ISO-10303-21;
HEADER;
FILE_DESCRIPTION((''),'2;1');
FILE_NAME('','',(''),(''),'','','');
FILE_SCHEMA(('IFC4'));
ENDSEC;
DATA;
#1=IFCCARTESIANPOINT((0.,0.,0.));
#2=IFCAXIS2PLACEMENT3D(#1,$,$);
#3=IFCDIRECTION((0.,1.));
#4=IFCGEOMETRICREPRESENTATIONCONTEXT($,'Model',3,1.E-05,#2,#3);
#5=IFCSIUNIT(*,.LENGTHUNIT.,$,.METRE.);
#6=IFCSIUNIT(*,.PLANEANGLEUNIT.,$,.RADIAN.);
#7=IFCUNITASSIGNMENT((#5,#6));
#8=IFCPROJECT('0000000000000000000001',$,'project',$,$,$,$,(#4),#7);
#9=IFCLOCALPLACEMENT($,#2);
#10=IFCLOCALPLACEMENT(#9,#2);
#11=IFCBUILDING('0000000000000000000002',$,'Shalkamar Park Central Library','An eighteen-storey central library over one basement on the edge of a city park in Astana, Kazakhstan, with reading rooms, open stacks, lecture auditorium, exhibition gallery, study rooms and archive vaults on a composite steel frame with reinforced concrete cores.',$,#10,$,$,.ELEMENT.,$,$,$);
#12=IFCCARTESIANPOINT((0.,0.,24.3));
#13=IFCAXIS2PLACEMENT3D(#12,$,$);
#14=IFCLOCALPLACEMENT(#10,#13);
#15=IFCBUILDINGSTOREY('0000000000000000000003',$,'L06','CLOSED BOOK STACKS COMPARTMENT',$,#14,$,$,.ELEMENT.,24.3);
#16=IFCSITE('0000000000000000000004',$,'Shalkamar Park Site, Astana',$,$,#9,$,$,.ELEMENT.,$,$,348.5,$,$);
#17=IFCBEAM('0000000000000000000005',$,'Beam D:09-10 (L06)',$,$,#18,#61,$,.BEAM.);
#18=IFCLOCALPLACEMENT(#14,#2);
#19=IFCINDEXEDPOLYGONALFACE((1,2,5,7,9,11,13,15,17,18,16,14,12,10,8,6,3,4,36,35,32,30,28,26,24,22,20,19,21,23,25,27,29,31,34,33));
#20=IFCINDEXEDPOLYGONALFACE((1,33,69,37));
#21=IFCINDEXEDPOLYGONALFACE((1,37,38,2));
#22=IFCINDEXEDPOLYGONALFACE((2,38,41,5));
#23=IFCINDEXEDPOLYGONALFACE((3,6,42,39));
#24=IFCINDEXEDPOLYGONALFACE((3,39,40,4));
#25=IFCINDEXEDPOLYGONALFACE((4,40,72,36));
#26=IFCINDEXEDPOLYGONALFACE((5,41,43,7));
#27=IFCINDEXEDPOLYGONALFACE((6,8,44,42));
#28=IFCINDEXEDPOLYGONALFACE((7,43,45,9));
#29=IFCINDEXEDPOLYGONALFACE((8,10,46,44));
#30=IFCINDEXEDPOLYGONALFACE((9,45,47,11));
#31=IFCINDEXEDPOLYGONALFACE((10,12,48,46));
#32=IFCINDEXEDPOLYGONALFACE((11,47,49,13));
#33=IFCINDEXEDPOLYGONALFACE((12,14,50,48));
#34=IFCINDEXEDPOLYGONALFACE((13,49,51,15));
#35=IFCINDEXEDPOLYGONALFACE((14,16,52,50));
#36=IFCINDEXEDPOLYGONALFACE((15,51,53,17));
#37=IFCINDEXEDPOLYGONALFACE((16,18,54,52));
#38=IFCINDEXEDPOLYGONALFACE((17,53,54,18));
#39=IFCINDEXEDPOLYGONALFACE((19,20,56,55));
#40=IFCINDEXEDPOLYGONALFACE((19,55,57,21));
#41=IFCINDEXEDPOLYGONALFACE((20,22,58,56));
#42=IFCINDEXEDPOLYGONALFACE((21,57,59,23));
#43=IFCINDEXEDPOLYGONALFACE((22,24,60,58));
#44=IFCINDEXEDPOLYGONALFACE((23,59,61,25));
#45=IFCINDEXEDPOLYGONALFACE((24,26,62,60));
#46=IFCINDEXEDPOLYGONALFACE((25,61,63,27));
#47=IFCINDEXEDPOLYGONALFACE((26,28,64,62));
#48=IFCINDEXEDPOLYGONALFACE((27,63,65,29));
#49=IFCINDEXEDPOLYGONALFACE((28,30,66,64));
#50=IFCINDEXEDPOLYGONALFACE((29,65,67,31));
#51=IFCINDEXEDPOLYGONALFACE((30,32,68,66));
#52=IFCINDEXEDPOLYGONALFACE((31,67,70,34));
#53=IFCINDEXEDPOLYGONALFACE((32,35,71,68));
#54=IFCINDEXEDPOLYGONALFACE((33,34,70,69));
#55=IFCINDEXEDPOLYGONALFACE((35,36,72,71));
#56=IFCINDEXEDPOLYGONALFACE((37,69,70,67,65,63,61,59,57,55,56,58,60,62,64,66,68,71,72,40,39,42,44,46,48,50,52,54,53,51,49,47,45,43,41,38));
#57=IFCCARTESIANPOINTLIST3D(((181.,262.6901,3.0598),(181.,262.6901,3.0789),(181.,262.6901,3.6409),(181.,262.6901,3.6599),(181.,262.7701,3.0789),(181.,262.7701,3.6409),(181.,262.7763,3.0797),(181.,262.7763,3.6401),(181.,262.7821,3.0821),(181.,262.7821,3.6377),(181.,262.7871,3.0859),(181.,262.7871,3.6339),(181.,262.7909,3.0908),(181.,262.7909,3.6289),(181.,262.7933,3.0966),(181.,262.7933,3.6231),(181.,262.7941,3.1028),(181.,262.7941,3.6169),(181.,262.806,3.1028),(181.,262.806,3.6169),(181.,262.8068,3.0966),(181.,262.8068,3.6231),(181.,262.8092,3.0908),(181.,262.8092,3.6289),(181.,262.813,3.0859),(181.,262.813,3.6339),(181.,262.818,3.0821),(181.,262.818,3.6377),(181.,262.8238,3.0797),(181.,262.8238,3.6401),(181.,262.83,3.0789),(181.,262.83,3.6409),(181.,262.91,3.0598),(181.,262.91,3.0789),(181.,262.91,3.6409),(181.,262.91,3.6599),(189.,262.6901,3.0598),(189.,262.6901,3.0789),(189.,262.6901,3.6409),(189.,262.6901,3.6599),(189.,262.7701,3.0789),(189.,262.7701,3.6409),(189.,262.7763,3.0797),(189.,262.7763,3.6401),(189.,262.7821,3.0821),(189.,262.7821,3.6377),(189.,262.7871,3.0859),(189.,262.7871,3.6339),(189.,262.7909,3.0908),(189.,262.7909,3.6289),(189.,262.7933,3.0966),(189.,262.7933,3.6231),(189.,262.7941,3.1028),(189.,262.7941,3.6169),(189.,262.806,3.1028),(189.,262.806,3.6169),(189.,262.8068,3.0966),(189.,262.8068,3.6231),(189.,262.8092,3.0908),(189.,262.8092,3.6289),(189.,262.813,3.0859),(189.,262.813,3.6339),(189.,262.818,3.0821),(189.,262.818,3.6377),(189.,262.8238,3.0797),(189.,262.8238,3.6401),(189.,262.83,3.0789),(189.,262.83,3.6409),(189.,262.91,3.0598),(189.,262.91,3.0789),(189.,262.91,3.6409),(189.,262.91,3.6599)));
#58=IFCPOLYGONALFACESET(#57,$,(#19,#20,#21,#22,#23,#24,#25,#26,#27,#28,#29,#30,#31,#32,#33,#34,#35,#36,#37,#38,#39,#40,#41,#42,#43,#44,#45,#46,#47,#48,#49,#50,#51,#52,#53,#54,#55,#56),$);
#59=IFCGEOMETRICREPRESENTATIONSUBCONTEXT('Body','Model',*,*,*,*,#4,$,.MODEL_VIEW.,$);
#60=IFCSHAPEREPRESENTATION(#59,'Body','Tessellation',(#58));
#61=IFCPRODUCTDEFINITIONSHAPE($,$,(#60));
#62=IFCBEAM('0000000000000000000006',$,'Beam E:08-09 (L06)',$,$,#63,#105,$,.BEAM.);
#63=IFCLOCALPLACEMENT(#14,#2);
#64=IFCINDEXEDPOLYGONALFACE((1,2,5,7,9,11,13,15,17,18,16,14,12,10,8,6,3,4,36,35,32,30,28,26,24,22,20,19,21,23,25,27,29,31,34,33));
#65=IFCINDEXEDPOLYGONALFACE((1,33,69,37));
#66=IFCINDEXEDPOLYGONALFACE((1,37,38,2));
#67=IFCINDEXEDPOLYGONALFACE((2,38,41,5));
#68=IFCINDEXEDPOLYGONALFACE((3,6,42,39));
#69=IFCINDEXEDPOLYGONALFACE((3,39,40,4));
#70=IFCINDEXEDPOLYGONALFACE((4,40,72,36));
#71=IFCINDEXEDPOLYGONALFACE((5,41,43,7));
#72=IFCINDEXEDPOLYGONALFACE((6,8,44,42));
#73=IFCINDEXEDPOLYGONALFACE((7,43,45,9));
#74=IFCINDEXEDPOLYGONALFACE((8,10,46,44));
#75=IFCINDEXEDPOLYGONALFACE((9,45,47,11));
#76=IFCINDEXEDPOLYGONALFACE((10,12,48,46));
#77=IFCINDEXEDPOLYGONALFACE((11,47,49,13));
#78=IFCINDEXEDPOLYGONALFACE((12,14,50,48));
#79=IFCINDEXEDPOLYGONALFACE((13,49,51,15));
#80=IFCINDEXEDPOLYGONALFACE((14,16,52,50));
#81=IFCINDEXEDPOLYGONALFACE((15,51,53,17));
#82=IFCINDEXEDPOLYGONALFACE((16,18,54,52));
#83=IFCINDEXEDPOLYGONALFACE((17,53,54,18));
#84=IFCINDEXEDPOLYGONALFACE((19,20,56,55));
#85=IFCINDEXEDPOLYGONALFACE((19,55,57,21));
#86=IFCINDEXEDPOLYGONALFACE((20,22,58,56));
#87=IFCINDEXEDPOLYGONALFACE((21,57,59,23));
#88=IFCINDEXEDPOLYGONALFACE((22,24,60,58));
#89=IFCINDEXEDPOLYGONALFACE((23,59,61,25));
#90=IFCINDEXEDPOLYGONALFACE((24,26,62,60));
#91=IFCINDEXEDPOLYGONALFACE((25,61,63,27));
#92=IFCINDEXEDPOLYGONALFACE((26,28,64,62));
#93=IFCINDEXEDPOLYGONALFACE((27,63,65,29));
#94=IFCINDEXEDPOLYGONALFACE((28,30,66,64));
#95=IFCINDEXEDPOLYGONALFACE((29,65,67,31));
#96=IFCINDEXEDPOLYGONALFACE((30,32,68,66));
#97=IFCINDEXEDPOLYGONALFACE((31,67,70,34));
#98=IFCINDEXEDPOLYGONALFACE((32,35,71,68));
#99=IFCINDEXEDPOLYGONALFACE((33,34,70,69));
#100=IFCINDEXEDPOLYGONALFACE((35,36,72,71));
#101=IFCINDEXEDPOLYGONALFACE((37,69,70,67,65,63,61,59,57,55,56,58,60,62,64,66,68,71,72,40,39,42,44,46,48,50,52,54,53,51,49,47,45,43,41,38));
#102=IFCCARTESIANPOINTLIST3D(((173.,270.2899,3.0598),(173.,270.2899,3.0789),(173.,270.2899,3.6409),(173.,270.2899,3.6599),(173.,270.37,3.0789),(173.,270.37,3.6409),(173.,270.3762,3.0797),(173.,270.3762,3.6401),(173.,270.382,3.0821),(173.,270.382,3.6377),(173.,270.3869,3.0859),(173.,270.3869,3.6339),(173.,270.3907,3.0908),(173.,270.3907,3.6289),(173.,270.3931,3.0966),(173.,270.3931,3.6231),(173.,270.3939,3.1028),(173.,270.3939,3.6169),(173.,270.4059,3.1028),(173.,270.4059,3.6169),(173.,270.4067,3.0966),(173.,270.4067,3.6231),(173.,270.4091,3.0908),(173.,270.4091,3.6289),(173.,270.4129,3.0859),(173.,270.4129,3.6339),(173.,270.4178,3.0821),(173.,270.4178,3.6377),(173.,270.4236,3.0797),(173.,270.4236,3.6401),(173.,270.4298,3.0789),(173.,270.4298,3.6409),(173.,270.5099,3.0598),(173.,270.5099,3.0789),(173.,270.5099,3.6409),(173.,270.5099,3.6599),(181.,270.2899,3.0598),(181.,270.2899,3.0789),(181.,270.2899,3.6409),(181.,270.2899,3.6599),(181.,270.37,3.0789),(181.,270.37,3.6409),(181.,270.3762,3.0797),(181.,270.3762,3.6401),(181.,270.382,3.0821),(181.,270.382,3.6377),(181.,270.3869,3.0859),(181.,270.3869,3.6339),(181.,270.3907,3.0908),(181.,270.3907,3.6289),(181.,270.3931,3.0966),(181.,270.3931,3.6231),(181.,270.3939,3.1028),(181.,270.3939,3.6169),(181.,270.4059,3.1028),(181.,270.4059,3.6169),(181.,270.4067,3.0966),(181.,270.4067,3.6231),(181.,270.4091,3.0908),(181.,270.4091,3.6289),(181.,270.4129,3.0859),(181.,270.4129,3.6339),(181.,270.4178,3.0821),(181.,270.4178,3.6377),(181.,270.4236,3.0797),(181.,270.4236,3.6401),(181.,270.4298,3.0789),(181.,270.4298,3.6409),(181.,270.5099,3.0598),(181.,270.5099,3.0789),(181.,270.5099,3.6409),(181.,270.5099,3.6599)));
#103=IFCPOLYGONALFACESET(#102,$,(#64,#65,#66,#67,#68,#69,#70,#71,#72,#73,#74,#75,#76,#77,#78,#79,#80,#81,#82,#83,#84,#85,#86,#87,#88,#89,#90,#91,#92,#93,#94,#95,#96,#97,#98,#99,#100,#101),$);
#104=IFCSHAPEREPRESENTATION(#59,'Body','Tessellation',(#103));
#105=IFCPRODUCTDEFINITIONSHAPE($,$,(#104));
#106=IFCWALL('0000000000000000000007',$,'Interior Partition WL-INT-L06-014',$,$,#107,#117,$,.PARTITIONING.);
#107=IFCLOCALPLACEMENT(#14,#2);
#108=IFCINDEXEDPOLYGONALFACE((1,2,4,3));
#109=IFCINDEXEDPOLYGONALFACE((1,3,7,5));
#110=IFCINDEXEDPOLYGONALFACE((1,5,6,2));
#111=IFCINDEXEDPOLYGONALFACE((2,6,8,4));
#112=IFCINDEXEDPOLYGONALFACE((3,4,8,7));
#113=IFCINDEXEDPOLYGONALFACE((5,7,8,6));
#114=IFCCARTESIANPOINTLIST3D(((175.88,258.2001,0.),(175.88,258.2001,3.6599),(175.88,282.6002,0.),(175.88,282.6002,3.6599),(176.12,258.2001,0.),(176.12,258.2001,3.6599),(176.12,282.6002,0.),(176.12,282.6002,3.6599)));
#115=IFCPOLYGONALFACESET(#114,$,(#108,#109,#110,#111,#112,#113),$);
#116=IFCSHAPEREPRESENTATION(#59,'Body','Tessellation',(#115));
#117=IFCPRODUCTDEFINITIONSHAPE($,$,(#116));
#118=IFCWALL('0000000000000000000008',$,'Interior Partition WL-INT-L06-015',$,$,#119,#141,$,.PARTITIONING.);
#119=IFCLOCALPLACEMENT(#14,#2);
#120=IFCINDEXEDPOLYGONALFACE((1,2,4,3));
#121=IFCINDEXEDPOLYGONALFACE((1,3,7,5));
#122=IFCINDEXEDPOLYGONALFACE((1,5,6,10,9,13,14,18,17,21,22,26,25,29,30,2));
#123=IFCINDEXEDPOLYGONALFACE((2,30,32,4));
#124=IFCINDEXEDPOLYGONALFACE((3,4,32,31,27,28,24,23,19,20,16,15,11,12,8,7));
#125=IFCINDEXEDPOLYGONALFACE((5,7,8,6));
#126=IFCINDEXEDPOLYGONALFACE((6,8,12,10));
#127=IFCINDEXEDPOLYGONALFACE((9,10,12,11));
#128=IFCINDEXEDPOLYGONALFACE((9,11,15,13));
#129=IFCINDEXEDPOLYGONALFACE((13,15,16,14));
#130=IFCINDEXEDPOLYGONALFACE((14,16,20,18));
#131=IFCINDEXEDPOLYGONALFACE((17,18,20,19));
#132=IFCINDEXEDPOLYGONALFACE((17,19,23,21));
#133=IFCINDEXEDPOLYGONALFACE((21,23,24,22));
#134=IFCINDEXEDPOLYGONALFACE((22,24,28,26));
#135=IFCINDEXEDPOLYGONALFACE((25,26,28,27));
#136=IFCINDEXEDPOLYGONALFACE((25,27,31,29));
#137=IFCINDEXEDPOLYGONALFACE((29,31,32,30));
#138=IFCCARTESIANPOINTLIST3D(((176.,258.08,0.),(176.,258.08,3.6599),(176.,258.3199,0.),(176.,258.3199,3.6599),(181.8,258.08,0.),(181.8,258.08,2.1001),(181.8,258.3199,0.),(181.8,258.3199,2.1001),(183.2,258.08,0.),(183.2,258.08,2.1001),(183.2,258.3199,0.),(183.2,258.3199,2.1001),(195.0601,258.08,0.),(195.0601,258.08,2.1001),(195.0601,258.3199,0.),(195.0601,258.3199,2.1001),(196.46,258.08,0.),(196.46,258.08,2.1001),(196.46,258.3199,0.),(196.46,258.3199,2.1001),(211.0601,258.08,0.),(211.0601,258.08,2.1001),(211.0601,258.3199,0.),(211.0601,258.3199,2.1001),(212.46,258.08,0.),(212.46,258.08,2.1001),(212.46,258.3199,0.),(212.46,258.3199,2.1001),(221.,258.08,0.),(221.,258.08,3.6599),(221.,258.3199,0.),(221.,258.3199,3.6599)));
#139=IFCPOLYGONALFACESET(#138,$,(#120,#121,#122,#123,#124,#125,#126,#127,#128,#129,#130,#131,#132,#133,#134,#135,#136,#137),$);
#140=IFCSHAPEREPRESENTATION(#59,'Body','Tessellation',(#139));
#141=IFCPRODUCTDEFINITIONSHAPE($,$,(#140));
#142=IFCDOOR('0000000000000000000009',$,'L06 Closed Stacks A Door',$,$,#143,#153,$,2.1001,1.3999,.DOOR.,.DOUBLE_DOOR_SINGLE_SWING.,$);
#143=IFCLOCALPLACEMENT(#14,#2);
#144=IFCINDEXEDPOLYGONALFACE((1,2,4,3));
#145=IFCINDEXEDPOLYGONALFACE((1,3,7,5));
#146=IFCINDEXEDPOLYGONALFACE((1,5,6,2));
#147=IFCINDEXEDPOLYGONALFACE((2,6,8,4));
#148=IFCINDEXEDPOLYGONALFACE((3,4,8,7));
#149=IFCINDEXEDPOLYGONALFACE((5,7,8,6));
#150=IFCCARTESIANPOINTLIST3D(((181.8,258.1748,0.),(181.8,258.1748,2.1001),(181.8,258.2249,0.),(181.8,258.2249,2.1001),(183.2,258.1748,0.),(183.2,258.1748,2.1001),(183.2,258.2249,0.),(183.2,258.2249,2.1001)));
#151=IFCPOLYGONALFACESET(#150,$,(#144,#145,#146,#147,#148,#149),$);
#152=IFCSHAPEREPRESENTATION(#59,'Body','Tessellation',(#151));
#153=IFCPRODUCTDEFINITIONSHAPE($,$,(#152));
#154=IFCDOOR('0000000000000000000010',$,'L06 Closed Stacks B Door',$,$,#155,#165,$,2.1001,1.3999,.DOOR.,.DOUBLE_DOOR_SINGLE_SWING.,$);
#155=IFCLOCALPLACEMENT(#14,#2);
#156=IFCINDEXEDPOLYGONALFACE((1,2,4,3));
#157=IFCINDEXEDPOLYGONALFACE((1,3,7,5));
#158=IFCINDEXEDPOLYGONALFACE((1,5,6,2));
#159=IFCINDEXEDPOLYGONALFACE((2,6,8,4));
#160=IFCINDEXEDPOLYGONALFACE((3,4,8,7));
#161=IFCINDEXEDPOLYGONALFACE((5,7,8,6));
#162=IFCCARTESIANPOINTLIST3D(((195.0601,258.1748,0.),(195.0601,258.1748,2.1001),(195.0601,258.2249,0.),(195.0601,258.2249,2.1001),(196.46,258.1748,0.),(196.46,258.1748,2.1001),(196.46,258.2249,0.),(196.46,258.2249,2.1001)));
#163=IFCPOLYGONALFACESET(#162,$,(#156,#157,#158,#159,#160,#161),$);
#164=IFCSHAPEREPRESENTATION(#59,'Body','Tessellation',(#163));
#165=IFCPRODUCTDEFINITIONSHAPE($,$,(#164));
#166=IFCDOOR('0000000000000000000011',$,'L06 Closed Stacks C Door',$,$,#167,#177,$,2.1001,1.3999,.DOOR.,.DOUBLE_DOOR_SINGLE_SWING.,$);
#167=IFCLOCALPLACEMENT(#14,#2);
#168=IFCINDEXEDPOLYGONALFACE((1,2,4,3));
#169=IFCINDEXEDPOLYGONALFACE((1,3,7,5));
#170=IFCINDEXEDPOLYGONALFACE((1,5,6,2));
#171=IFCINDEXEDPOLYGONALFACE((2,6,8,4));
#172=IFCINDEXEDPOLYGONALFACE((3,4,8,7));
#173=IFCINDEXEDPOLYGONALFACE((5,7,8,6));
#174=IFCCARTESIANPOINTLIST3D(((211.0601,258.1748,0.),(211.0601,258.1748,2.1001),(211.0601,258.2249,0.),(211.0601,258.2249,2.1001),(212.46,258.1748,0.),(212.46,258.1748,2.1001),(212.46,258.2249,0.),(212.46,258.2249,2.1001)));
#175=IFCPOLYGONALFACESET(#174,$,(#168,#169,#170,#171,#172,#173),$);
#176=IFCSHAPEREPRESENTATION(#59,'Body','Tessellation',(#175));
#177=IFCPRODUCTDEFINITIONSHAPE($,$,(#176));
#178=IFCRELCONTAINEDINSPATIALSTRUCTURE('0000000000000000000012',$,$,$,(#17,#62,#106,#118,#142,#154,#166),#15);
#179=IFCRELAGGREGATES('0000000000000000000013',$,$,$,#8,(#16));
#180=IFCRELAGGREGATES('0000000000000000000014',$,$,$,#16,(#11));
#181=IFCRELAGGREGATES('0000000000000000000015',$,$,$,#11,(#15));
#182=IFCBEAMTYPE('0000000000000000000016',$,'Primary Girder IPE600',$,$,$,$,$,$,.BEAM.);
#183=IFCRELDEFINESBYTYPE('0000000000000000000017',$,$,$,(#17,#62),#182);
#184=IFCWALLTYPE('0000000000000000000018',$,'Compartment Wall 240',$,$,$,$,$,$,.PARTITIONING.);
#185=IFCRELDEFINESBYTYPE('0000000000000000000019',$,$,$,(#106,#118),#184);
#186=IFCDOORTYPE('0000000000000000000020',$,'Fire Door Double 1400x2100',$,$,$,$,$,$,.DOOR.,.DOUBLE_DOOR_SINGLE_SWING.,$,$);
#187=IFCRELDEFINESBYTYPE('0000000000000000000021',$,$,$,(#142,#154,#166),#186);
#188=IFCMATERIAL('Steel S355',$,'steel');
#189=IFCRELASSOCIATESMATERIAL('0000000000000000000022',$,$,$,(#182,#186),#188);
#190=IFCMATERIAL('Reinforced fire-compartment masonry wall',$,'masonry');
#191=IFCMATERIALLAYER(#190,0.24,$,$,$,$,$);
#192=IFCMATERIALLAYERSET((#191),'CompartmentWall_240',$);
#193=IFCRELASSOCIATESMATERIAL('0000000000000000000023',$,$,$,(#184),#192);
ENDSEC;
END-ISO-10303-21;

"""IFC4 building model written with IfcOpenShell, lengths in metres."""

from ifc_helpers import new_model, si_unit, direction, frame, frame_2d, origin, origin_2d, place, context, subcontext, project, spatial, rectangle, i_section, extrude, material, layer, layer_set, material_profile, profile_set, type_object, element, fill, save


model = new_model("IFC4")

# Units and contexts
model_context = context("Model", 3, precision=1e-05, world=origin(), true_north=direction((0.0, 1.0)))
body_context = subcontext(model_context, "Body", "Model", "MODEL_VIEW")
ifc_project = project(units=[si_unit("LENGTHUNIT", "METRE"), si_unit("PLANEANGLEUNIT", "RADIAN")], contexts=[model_context])

# Site, building, storey
site_placement = place(None, origin())
site = spatial("IfcSite", under=ifc_project, at=site_placement, Name="Shalkamar Park Site, Astana", CompositionType="ELEMENT", RefElevation=348.5)
building_placement = place(site_placement, origin())
building = spatial("IfcBuilding", under=site, at=building_placement, Name="Shalkamar Park Central Library", Description="An eighteen-storey central library over one basement on the edge of a city park in Astana, Kazakhstan, with reading rooms, open stacks, lecture auditorium, exhibition gallery, study rooms and archive vaults on a composite steel frame with reinforced concrete cores.", CompositionType="ELEMENT")
storey_placement = place(building_placement, frame((0.0, 0.0, 24.3)))
storey = spatial("IfcBuildingStorey", under=building, at=storey_placement, Name="L06", Description="CLOSED BOOK STACKS COMPARTMENT", CompositionType="ELEMENT", Elevation=24.3)

# Shared definitions
ifc_material_1 = material(Name="Steel S355", Category="steel")

# Beams
ifc_material_profile_1 = material_profile(ifc_material_1, i_section(OverallWidth=0.22, OverallDepth=0.6001, WebThickness=0.012, FlangeThickness=0.019, FilletRadius=0.0239, at=origin_2d()), Name="IPE 600")
ifc_profile_set_1 = profile_set([ifc_material_profile_1], Name="Steel S355")
beam_type_1 = type_object("IfcBeamType", Name="Primary Girder IPE600", PredefinedType="BEAM", material=ifc_profile_set_1)
for number, where, z_axis, x_axis, name in (
    (1, (181.0, 262.8, 3.3599), (1.0, 0.0, 0.0), (0.0, 1.0, 0.0), "Beam D:09-10 (L06)"),
    (2, (173.0, 270.3999, 3.3599), (1.0, 0.0, 0.0), (0.0, 1.0, 0.0), "Beam E:08-09 (L06)"),
):
    element("IfcBeam", number, at=place(storey_placement, frame(where, z_axis=z_axis, x_axis=x_axis)), inside=storey, type_object=beam_type_1, Name=name, PredefinedType="BEAM", context=body_context, shape_type="SweptSolid", body=[
        extrude(i_section(OverallWidth=0.22, OverallDepth=0.6001, WebThickness=0.012, FlangeThickness=0.019, FilletRadius=0.0239, at=origin_2d()), origin(), (0.0, 0.0, 1.0), 8.0),
    ])

# Wall
ifc_material_2 = material(Name="Reinforced fire-compartment masonry wall", Category="masonry")
ifc_layer_1 = layer(ifc_material_2, 0.24)
ifc_layer_set_1 = layer_set([ifc_layer_1], Name="CompartmentWall_240")
wall_type_1 = type_object("IfcWallType", Name="Compartment Wall 240", PredefinedType="PARTITIONING", material=ifc_layer_set_1)
wall_1_placement = place(storey_placement, frame((176.0, 258.2, 0.0), z_axis=(0.0, 0.0, 1.0), x_axis=(0.0, 1.0, 0.0)))
element("IfcWall", 3, at=wall_1_placement, inside=storey, type_object=wall_type_1, Name="Interior Partition WL-INT-L06-014", PredefinedType="PARTITIONING", context=body_context, shape_type="SweptSolid", body=[
    extrude(rectangle(XDim=24.4001, YDim=0.24, at=frame_2d((12.2002, 0.0))), origin(), (0.0, 0.0, 1.0), 3.6599),
])

# Wall, openings, doors
wall_2_placement = place(storey_placement, frame((176.0, 258.2, 0.0), z_axis=(0.0, 0.0, 1.0), x_axis=(1.0, 0.0, 0.0)))
wall_2 = element("IfcWall", 4, at=wall_2_placement, inside=storey, type_object=wall_type_1, Name="Interior Partition WL-INT-L06-015", PredefinedType="PARTITIONING", context=body_context, shape_type="SweptSolid", body=[
    extrude(rectangle(XDim=45.0, YDim=0.24, at=frame_2d((22.5, 0.0))), origin(), (0.0, 0.0, 1.0), 3.6599),
])
opening_1_placement = place(wall_2_placement, frame((5.8, 0.0, 0.0)))
opening_1 = element("IfcOpeningElement", 5, at=opening_1_placement, cuts=wall_2, PredefinedType="OPENING", context=body_context, shape_type="SweptSolid", body=[
    extrude(rectangle(XDim=1.3999, YDim=2.1001, at=frame_2d((0.7, 1.05))), frame((0.0, 0.1348, 0.0), z_axis=(0.0, -1.0, 0.0), x_axis=(1.0, 0.0, 0.0)), (0.0, 0.0, 1.0), 0.2698),
])
opening_2_placement = place(wall_2_placement, frame((19.0601, 0.0, 0.0)))
opening_2 = element("IfcOpeningElement", 6, at=opening_2_placement, cuts=wall_2, PredefinedType="OPENING", context=body_context, shape_type="SweptSolid", body=[
    extrude(rectangle(XDim=1.3999, YDim=2.1001, at=frame_2d((0.7, 1.05))), frame((0.0, 0.1348, 0.0), z_axis=(0.0, -1.0, 0.0), x_axis=(1.0, 0.0, 0.0)), (0.0, 0.0, 1.0), 0.2698),
])
opening_3_placement = place(wall_2_placement, frame((35.0601, 0.0, 0.0)))
opening_3 = element("IfcOpeningElement", 7, at=opening_3_placement, cuts=wall_2, PredefinedType="OPENING", context=body_context, shape_type="SweptSolid", body=[
    extrude(rectangle(XDim=1.3999, YDim=2.1001, at=frame_2d((0.7, 1.05))), frame((0.0, 0.1348, 0.0), z_axis=(0.0, -1.0, 0.0), x_axis=(1.0, 0.0, 0.0)), (0.0, 0.0, 1.0), 0.2698),
])
door_type_1 = type_object("IfcDoorType", Name="Fire Door Double 1400x2100", OperationType="DOUBLE_DOOR_SINGLE_SWING", PredefinedType="DOOR", material=ifc_material_1)
door_1_placement = place(opening_1_placement, origin())
door_1 = element("IfcDoor", 8, at=door_1_placement, inside=storey, type_object=door_type_1, Name="L06 Closed Stacks A Door", OperationType="DOUBLE_DOOR_SINGLE_SWING", OverallHeight=2.1001, OverallWidth=1.3999, PredefinedType="DOOR", context=body_context, shape_type="SweptSolid", body=[
    extrude(rectangle(XDim=1.3999, YDim=2.1001, at=frame_2d((0.7, 1.05))), frame((0.0, 0.0249, 0.0), z_axis=(0.0, -1.0, 0.0), x_axis=(1.0, 0.0, 0.0)), (0.0, 0.0, 1.0), 0.05),
])
fill(opening_1, door_1)
door_2_placement = place(opening_2_placement, origin())
door_2 = element("IfcDoor", 9, at=door_2_placement, inside=storey, type_object=door_type_1, Name="L06 Closed Stacks B Door", OperationType="DOUBLE_DOOR_SINGLE_SWING", OverallHeight=2.1001, OverallWidth=1.3999, PredefinedType="DOOR", context=body_context, shape_type="SweptSolid", body=[
    extrude(rectangle(XDim=1.3999, YDim=2.1001, at=frame_2d((0.7, 1.05))), frame((0.0, 0.0249, 0.0), z_axis=(0.0, -1.0, 0.0), x_axis=(1.0, 0.0, 0.0)), (0.0, 0.0, 1.0), 0.05),
])
fill(opening_2, door_2)
door_3_placement = place(opening_3_placement, origin())
door_3 = element("IfcDoor", 10, at=door_3_placement, inside=storey, type_object=door_type_1, Name="L06 Closed Stacks C Door", OperationType="DOUBLE_DOOR_SINGLE_SWING", OverallHeight=2.1001, OverallWidth=1.3999, PredefinedType="DOOR", context=body_context, shape_type="SweptSolid", body=[
    extrude(rectangle(XDim=1.3999, YDim=2.1001, at=frame_2d((0.7, 1.05))), frame((0.0, 0.0249, 0.0), z_axis=(0.0, -1.0, 0.0), x_axis=(1.0, 0.0, 0.0)), (0.0, 0.0, 1.0), 0.05),
])
fill(opening_3, door_3)

save(model, "model.ifc")
